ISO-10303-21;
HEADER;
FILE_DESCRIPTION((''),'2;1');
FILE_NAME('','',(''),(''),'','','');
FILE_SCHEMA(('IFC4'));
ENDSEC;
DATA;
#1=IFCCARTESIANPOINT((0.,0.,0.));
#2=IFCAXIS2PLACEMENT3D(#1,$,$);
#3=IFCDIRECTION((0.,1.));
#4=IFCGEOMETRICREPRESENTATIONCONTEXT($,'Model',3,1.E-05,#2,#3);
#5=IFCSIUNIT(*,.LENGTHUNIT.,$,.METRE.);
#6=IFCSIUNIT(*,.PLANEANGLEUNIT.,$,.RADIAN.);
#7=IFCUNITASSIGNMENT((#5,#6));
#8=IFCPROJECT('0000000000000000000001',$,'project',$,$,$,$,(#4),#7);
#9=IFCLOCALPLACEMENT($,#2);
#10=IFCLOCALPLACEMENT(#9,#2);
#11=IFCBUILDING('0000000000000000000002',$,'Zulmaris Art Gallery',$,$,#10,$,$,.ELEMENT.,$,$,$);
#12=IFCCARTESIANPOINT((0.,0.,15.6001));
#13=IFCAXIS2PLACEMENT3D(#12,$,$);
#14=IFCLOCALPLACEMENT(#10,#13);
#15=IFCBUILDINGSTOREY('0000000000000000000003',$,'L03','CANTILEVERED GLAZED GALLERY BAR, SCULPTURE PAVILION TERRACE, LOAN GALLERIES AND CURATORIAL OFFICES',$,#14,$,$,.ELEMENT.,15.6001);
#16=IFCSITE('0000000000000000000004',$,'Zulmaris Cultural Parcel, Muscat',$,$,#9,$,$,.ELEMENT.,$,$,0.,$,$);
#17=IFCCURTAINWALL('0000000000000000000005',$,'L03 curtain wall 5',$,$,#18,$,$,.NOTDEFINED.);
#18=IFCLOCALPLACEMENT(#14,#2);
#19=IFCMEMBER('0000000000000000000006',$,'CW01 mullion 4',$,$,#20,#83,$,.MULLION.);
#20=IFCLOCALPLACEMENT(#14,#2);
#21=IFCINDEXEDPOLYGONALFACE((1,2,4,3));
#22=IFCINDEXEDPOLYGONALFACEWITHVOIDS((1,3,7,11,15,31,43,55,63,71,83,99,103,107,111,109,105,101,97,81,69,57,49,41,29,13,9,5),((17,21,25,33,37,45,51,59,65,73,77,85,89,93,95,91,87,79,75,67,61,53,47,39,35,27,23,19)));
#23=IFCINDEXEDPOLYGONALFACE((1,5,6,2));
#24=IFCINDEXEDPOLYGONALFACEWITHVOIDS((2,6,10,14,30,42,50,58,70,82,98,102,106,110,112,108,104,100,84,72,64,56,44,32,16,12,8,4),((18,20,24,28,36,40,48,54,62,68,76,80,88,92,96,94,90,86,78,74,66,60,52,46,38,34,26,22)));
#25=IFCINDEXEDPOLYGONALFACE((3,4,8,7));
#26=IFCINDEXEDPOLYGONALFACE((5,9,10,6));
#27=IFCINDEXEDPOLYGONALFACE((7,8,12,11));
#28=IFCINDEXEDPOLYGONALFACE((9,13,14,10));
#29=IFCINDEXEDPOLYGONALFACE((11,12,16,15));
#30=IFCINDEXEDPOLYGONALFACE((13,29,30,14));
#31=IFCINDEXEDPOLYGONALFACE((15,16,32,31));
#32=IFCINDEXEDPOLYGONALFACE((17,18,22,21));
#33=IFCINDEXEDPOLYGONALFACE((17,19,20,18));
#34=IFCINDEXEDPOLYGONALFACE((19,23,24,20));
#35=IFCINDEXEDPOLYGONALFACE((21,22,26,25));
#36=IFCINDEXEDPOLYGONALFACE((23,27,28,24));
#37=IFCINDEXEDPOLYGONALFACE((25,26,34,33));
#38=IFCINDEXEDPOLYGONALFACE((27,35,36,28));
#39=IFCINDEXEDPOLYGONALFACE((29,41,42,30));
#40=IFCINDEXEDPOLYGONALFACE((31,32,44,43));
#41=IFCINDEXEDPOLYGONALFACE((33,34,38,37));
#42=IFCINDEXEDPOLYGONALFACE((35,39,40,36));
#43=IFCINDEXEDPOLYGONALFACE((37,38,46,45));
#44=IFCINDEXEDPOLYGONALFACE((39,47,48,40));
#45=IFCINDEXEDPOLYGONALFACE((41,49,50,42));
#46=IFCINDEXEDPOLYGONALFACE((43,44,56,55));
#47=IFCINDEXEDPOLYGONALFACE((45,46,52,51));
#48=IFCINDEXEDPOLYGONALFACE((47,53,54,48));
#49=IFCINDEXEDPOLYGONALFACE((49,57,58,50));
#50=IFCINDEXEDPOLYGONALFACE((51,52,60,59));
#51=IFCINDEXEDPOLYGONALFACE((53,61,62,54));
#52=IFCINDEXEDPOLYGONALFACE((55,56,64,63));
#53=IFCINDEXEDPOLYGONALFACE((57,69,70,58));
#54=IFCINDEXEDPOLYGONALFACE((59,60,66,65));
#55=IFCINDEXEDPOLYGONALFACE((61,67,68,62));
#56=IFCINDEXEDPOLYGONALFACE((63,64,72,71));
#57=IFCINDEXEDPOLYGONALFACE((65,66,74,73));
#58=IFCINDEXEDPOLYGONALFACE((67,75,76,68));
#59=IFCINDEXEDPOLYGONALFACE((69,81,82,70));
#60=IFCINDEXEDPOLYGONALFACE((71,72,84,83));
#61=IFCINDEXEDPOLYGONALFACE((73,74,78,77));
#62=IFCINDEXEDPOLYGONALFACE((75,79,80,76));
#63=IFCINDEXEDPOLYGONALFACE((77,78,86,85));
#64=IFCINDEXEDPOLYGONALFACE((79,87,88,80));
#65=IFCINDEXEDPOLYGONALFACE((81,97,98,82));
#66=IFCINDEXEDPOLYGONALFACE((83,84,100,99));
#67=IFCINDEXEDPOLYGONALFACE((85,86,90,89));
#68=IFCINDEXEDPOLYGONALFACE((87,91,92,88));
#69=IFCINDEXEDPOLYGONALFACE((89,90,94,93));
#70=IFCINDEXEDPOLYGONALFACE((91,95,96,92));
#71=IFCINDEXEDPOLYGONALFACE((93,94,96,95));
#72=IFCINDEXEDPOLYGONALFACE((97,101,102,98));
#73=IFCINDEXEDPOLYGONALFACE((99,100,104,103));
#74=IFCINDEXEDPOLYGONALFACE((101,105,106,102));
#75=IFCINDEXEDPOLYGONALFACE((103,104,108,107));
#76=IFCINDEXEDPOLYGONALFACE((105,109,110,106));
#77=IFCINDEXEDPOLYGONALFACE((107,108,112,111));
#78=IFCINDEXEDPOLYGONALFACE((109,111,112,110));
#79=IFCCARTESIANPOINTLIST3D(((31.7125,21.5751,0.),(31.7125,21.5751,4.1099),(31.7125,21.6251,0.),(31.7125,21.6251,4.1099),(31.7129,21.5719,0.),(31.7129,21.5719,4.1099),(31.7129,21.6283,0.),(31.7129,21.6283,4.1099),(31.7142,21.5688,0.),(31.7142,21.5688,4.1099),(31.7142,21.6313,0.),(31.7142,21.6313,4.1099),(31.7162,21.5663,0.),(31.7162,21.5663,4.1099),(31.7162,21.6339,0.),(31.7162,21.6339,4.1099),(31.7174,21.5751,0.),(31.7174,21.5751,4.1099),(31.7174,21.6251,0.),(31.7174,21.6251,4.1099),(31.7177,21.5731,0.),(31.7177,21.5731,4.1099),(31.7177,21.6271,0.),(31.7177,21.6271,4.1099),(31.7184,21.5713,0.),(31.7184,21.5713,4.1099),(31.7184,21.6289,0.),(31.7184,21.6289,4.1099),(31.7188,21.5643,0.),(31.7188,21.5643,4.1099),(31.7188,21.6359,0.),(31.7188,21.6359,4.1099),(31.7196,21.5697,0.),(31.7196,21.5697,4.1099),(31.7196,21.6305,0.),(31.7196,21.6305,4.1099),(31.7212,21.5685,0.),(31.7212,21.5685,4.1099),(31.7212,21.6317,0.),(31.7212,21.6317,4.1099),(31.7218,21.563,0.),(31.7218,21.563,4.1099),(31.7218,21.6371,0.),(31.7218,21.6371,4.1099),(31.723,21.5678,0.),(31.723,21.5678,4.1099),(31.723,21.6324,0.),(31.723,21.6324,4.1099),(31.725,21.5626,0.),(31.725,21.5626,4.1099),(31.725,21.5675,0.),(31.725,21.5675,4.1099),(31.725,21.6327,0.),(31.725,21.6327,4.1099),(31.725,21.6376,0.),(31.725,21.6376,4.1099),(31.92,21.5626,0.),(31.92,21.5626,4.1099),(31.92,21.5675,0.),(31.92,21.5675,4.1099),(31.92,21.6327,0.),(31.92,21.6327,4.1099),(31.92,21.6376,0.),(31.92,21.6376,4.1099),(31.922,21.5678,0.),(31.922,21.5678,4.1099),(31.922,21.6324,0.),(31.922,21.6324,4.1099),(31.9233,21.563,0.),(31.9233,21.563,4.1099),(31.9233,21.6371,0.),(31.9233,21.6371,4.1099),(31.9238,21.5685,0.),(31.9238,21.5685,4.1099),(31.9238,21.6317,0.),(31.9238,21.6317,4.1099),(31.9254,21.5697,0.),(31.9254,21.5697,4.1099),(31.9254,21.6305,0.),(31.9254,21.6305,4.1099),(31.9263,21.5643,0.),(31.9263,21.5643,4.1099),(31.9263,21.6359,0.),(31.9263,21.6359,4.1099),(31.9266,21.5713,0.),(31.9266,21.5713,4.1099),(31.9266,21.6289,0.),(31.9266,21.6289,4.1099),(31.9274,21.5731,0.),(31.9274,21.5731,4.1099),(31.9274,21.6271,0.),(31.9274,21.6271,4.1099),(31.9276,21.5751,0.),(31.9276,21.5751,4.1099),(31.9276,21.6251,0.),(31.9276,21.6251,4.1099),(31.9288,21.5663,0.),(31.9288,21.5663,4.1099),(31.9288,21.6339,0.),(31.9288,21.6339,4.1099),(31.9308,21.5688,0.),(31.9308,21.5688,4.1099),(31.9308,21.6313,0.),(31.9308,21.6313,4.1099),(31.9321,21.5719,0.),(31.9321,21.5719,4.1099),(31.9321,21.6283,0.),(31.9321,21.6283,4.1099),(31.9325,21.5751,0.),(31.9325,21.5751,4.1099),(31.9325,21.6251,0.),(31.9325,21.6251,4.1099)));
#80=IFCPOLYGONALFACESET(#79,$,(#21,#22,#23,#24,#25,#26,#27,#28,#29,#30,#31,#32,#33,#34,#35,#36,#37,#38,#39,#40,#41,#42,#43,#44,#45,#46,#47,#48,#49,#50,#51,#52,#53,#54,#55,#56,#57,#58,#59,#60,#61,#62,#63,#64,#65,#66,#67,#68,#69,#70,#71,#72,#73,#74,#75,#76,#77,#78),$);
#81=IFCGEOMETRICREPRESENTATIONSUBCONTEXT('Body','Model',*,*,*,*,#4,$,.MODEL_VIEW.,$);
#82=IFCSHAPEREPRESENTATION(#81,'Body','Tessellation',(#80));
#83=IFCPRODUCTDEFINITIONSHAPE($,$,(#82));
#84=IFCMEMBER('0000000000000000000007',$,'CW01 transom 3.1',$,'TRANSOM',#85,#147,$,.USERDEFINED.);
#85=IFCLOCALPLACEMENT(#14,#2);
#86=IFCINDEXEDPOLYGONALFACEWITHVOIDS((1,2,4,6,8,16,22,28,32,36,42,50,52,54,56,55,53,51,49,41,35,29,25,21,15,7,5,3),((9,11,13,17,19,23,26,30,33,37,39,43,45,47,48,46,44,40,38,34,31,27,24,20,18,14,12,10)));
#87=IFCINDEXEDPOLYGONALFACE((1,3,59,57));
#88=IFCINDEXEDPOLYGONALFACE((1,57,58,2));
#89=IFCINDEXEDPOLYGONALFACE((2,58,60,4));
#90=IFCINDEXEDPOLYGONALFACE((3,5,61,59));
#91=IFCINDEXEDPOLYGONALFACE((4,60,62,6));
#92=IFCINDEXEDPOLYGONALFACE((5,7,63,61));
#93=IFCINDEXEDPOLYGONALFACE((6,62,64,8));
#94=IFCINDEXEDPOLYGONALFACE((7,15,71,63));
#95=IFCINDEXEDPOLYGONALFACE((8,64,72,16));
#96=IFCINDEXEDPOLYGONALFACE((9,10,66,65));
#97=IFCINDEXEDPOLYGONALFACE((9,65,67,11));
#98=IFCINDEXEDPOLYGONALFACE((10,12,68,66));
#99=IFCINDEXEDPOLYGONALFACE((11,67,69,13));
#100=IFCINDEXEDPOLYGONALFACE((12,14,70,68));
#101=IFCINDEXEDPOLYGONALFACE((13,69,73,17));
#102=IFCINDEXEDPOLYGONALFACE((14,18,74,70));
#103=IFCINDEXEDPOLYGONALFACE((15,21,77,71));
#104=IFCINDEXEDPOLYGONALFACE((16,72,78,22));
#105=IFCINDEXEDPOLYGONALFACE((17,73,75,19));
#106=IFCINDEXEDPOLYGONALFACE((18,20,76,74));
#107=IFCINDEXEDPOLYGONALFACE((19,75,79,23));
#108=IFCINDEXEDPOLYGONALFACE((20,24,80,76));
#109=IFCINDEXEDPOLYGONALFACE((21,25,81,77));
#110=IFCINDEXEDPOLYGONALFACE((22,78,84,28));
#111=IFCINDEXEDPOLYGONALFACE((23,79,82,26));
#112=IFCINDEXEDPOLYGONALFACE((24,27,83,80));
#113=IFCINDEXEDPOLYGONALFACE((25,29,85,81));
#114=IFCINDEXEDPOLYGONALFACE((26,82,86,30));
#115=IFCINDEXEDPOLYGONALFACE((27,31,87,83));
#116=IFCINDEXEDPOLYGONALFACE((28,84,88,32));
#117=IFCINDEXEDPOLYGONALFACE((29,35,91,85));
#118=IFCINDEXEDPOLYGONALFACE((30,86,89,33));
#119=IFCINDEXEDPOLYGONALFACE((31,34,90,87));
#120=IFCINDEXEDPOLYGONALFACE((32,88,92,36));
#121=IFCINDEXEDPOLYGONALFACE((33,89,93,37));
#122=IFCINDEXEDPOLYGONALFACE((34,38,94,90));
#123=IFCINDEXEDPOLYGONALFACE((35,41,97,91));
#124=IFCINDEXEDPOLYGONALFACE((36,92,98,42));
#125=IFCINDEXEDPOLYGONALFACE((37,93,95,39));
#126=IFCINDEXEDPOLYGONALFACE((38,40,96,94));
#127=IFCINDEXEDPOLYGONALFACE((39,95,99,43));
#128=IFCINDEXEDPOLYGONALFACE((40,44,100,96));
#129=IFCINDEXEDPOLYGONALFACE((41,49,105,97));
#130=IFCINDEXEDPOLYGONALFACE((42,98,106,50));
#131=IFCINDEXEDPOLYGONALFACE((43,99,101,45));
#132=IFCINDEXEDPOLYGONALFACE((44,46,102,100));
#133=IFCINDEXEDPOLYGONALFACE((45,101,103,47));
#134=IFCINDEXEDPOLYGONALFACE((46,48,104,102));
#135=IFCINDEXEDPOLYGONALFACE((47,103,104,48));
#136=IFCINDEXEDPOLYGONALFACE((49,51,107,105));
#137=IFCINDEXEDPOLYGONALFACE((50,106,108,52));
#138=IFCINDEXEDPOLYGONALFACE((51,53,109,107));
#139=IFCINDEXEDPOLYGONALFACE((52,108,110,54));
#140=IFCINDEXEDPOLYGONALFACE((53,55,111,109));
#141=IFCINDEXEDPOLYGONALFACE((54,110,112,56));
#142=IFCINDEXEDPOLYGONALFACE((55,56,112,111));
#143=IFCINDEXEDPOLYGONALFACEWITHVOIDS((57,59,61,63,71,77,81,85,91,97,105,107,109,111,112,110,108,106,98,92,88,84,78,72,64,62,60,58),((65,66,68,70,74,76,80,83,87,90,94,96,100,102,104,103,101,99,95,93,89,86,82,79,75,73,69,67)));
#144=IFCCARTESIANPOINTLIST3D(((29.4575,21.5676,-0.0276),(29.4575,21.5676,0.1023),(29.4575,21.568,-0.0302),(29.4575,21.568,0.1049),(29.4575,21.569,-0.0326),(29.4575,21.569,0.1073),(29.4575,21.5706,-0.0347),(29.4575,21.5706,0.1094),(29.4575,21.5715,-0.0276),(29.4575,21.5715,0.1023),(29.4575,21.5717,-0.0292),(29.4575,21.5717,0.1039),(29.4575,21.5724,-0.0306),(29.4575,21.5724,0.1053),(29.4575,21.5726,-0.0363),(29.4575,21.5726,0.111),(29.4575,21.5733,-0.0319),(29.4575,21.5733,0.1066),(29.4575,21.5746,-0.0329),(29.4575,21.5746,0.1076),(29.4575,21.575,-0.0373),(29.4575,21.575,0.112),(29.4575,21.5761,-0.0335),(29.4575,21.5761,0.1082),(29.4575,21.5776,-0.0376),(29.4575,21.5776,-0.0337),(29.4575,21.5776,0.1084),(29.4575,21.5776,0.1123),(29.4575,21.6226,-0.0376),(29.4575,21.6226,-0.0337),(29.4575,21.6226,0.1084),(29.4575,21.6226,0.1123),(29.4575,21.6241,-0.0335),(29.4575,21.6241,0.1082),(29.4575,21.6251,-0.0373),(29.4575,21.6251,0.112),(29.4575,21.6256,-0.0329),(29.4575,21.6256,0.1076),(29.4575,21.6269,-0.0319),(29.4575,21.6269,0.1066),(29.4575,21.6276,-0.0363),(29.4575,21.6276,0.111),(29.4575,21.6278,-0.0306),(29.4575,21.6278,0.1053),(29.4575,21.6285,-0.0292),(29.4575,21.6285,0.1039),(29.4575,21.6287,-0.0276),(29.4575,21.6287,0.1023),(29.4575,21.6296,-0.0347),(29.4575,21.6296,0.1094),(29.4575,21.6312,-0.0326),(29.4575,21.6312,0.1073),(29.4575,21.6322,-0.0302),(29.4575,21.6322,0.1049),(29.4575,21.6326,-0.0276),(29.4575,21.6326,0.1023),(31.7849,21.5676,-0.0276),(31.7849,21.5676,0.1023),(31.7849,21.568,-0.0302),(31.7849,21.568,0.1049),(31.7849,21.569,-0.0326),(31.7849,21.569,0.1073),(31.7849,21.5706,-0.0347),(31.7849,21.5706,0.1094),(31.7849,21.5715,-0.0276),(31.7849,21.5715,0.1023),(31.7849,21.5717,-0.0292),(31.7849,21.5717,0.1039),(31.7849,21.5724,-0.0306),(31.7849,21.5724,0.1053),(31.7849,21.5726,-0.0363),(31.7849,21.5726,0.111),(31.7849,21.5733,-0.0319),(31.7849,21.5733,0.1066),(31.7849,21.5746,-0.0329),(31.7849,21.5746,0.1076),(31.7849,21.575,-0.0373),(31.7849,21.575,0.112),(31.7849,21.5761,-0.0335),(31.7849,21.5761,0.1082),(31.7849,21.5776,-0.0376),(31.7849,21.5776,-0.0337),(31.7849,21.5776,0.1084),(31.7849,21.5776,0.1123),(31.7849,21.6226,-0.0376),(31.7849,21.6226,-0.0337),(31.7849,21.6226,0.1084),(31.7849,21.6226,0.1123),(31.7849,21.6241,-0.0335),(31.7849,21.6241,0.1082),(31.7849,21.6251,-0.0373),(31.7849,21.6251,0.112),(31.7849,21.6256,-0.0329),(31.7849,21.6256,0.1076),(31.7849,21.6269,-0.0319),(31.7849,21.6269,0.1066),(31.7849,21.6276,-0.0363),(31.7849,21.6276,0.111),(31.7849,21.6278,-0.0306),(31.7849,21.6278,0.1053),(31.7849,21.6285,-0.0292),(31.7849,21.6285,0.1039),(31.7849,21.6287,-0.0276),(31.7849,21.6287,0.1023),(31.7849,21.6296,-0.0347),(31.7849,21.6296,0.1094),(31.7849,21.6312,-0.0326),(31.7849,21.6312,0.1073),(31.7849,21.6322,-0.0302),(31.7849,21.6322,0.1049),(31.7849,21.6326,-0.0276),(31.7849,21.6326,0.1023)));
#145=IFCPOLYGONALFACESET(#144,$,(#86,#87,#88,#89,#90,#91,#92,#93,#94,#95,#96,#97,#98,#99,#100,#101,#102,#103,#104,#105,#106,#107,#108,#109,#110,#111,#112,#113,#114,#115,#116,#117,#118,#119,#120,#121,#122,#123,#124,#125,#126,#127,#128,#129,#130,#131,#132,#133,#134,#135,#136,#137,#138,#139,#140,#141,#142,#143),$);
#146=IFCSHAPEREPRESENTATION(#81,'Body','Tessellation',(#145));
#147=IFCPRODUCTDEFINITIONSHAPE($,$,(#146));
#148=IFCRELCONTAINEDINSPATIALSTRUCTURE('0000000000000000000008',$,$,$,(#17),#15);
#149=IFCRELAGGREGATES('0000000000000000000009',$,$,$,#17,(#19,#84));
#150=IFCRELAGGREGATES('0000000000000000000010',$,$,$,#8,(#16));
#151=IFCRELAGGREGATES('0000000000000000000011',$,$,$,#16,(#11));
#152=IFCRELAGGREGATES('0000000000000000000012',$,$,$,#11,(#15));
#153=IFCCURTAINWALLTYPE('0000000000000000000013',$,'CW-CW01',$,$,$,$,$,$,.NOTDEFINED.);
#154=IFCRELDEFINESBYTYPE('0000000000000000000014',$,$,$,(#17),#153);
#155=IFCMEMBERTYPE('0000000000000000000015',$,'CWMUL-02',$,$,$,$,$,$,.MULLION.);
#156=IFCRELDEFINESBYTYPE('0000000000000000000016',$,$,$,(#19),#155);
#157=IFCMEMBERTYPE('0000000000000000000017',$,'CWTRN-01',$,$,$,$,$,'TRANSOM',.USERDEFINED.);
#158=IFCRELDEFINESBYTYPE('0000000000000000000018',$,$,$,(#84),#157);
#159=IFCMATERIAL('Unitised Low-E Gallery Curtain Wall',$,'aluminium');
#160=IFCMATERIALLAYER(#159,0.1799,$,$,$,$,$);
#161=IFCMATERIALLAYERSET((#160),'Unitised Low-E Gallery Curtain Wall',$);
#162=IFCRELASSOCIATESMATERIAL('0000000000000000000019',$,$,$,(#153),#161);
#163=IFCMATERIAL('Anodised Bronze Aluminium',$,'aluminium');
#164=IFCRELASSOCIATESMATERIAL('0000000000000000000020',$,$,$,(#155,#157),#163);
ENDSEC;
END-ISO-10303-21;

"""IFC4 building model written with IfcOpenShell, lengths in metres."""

from ifc_helpers import new_model, si_unit, direction, frame, origin, origin_2d, place, context, subcontext, project, spatial, hollow_rectangle, extrude, material, layer, layer_set, material_profile, profile_set, type_object, element, aggregate, save


model = new_model("IFC4")

# Units and contexts
model_context = context("Model", 3, precision=1e-05, world=origin(), true_north=direction((0.0, 1.0)))
body_context = subcontext(model_context, "Body", "Model", "MODEL_VIEW")
ifc_project = project(units=[si_unit("LENGTHUNIT", "METRE"), si_unit("PLANEANGLEUNIT", "RADIAN")], contexts=[model_context])

# Site, building, storey
site_placement = place(None, origin())
site = spatial("IfcSite", under=ifc_project, at=site_placement, Name="Zulmaris Cultural Parcel, Muscat", CompositionType="ELEMENT", RefElevation=0.0)
building_placement = place(site_placement, origin())
building = spatial("IfcBuilding", under=site, at=building_placement, Name="Zulmaris Art Gallery", CompositionType="ELEMENT")
storey_placement = place(building_placement, frame((0.0, 0.0, 15.6001)))
storey = spatial("IfcBuildingStorey", under=building, at=storey_placement, Name="L03", Description="CANTILEVERED GLAZED GALLERY BAR, SCULPTURE PAVILION TERRACE, LOAN GALLERIES AND CURATORIAL OFFICES", CompositionType="ELEMENT", Elevation=15.6001)

# Curtain wall, members
ifc_material_1 = material(Name="Unitised Low-E Gallery Curtain Wall", Category="aluminium")
ifc_layer_1 = layer(ifc_material_1, 0.1799)
ifc_layer_set_1 = layer_set([ifc_layer_1], Name="Unitised Low-E Gallery Curtain Wall")
curtain_wall_type_1 = type_object("IfcCurtainWallType", Name="CW-CW01", PredefinedType="NOTDEFINED", material=ifc_layer_set_1)
curtain_wall_1_placement = place(storey_placement, origin())
curtain_wall_1 = element("IfcCurtainWall", 1, at=curtain_wall_1_placement, inside=storey, type_object=curtain_wall_type_1, Name="L03 curtain wall 5", PredefinedType="NOTDEFINED")
ifc_material_2 = material(Name="Anodised Bronze Aluminium", Category="aluminium")
ifc_material_profile_1 = material_profile(ifc_material_2, hollow_rectangle(XDim=0.075, YDim=0.22, WallThickness=0.0049, InnerFilletRadius=0.0076, OuterFilletRadius=0.0125, at=origin_2d()), Name="ALU 75x220x5")
ifc_profile_set_1 = profile_set([ifc_material_profile_1], Name="Anodised Bronze Aluminium")
member_type_1 = type_object("IfcMemberType", Name="CWMUL-02", PredefinedType="MULLION", material=ifc_profile_set_1)
member_1_placement = place(storey_placement, frame((31.8225, 21.6001, 0.0), z_axis=(0.0, 0.0, 1.0), x_axis=(0.0, 1.0, 0.0)))
member_1 = element("IfcMember", 2, at=member_1_placement, type_object=member_type_1, Name="CW01 mullion 4", PredefinedType="MULLION", context=body_context, shape_type="SweptSolid", body=[
    extrude(hollow_rectangle(XDim=0.075, YDim=0.22, WallThickness=0.0049, InnerFilletRadius=0.0076, OuterFilletRadius=0.0125, at=origin_2d()), origin(), (0.0, 0.0, 1.0), 4.1099),
])
ifc_material_profile_2 = material_profile(ifc_material_2, hollow_rectangle(XDim=0.0649, YDim=0.1499, WallThickness=0.0039, InnerFilletRadius=0.0061, OuterFilletRadius=0.01, at=origin_2d()), Name="ALU 65x150x4")
ifc_profile_set_2 = profile_set([ifc_material_profile_2], Name="Anodised Bronze Aluminium")
member_type_2 = type_object("IfcMemberType", Name="CWTRN-01", ElementType="TRANSOM", PredefinedType="USERDEFINED", material=ifc_profile_set_2)
member_2_placement = place(storey_placement, frame((29.4575, 21.6001, 0.0374), z_axis=(1.0, 0.0, 0.0), x_axis=(0.0, 1.0, 0.0)))
member_2 = element("IfcMember", 3, at=member_2_placement, type_object=member_type_2, Name="CW01 transom 3.1", ObjectType="TRANSOM", PredefinedType="USERDEFINED", context=body_context, shape_type="SweptSolid", body=[
    extrude(hollow_rectangle(XDim=0.0649, YDim=0.1499, WallThickness=0.0039, InnerFilletRadius=0.0061, OuterFilletRadius=0.01, at=origin_2d()), origin(), (0.0, 0.0, 1.0), 2.3274),
])

aggregate(curtain_wall_1, [member_1, member_2])

save(model, "model.ifc")
